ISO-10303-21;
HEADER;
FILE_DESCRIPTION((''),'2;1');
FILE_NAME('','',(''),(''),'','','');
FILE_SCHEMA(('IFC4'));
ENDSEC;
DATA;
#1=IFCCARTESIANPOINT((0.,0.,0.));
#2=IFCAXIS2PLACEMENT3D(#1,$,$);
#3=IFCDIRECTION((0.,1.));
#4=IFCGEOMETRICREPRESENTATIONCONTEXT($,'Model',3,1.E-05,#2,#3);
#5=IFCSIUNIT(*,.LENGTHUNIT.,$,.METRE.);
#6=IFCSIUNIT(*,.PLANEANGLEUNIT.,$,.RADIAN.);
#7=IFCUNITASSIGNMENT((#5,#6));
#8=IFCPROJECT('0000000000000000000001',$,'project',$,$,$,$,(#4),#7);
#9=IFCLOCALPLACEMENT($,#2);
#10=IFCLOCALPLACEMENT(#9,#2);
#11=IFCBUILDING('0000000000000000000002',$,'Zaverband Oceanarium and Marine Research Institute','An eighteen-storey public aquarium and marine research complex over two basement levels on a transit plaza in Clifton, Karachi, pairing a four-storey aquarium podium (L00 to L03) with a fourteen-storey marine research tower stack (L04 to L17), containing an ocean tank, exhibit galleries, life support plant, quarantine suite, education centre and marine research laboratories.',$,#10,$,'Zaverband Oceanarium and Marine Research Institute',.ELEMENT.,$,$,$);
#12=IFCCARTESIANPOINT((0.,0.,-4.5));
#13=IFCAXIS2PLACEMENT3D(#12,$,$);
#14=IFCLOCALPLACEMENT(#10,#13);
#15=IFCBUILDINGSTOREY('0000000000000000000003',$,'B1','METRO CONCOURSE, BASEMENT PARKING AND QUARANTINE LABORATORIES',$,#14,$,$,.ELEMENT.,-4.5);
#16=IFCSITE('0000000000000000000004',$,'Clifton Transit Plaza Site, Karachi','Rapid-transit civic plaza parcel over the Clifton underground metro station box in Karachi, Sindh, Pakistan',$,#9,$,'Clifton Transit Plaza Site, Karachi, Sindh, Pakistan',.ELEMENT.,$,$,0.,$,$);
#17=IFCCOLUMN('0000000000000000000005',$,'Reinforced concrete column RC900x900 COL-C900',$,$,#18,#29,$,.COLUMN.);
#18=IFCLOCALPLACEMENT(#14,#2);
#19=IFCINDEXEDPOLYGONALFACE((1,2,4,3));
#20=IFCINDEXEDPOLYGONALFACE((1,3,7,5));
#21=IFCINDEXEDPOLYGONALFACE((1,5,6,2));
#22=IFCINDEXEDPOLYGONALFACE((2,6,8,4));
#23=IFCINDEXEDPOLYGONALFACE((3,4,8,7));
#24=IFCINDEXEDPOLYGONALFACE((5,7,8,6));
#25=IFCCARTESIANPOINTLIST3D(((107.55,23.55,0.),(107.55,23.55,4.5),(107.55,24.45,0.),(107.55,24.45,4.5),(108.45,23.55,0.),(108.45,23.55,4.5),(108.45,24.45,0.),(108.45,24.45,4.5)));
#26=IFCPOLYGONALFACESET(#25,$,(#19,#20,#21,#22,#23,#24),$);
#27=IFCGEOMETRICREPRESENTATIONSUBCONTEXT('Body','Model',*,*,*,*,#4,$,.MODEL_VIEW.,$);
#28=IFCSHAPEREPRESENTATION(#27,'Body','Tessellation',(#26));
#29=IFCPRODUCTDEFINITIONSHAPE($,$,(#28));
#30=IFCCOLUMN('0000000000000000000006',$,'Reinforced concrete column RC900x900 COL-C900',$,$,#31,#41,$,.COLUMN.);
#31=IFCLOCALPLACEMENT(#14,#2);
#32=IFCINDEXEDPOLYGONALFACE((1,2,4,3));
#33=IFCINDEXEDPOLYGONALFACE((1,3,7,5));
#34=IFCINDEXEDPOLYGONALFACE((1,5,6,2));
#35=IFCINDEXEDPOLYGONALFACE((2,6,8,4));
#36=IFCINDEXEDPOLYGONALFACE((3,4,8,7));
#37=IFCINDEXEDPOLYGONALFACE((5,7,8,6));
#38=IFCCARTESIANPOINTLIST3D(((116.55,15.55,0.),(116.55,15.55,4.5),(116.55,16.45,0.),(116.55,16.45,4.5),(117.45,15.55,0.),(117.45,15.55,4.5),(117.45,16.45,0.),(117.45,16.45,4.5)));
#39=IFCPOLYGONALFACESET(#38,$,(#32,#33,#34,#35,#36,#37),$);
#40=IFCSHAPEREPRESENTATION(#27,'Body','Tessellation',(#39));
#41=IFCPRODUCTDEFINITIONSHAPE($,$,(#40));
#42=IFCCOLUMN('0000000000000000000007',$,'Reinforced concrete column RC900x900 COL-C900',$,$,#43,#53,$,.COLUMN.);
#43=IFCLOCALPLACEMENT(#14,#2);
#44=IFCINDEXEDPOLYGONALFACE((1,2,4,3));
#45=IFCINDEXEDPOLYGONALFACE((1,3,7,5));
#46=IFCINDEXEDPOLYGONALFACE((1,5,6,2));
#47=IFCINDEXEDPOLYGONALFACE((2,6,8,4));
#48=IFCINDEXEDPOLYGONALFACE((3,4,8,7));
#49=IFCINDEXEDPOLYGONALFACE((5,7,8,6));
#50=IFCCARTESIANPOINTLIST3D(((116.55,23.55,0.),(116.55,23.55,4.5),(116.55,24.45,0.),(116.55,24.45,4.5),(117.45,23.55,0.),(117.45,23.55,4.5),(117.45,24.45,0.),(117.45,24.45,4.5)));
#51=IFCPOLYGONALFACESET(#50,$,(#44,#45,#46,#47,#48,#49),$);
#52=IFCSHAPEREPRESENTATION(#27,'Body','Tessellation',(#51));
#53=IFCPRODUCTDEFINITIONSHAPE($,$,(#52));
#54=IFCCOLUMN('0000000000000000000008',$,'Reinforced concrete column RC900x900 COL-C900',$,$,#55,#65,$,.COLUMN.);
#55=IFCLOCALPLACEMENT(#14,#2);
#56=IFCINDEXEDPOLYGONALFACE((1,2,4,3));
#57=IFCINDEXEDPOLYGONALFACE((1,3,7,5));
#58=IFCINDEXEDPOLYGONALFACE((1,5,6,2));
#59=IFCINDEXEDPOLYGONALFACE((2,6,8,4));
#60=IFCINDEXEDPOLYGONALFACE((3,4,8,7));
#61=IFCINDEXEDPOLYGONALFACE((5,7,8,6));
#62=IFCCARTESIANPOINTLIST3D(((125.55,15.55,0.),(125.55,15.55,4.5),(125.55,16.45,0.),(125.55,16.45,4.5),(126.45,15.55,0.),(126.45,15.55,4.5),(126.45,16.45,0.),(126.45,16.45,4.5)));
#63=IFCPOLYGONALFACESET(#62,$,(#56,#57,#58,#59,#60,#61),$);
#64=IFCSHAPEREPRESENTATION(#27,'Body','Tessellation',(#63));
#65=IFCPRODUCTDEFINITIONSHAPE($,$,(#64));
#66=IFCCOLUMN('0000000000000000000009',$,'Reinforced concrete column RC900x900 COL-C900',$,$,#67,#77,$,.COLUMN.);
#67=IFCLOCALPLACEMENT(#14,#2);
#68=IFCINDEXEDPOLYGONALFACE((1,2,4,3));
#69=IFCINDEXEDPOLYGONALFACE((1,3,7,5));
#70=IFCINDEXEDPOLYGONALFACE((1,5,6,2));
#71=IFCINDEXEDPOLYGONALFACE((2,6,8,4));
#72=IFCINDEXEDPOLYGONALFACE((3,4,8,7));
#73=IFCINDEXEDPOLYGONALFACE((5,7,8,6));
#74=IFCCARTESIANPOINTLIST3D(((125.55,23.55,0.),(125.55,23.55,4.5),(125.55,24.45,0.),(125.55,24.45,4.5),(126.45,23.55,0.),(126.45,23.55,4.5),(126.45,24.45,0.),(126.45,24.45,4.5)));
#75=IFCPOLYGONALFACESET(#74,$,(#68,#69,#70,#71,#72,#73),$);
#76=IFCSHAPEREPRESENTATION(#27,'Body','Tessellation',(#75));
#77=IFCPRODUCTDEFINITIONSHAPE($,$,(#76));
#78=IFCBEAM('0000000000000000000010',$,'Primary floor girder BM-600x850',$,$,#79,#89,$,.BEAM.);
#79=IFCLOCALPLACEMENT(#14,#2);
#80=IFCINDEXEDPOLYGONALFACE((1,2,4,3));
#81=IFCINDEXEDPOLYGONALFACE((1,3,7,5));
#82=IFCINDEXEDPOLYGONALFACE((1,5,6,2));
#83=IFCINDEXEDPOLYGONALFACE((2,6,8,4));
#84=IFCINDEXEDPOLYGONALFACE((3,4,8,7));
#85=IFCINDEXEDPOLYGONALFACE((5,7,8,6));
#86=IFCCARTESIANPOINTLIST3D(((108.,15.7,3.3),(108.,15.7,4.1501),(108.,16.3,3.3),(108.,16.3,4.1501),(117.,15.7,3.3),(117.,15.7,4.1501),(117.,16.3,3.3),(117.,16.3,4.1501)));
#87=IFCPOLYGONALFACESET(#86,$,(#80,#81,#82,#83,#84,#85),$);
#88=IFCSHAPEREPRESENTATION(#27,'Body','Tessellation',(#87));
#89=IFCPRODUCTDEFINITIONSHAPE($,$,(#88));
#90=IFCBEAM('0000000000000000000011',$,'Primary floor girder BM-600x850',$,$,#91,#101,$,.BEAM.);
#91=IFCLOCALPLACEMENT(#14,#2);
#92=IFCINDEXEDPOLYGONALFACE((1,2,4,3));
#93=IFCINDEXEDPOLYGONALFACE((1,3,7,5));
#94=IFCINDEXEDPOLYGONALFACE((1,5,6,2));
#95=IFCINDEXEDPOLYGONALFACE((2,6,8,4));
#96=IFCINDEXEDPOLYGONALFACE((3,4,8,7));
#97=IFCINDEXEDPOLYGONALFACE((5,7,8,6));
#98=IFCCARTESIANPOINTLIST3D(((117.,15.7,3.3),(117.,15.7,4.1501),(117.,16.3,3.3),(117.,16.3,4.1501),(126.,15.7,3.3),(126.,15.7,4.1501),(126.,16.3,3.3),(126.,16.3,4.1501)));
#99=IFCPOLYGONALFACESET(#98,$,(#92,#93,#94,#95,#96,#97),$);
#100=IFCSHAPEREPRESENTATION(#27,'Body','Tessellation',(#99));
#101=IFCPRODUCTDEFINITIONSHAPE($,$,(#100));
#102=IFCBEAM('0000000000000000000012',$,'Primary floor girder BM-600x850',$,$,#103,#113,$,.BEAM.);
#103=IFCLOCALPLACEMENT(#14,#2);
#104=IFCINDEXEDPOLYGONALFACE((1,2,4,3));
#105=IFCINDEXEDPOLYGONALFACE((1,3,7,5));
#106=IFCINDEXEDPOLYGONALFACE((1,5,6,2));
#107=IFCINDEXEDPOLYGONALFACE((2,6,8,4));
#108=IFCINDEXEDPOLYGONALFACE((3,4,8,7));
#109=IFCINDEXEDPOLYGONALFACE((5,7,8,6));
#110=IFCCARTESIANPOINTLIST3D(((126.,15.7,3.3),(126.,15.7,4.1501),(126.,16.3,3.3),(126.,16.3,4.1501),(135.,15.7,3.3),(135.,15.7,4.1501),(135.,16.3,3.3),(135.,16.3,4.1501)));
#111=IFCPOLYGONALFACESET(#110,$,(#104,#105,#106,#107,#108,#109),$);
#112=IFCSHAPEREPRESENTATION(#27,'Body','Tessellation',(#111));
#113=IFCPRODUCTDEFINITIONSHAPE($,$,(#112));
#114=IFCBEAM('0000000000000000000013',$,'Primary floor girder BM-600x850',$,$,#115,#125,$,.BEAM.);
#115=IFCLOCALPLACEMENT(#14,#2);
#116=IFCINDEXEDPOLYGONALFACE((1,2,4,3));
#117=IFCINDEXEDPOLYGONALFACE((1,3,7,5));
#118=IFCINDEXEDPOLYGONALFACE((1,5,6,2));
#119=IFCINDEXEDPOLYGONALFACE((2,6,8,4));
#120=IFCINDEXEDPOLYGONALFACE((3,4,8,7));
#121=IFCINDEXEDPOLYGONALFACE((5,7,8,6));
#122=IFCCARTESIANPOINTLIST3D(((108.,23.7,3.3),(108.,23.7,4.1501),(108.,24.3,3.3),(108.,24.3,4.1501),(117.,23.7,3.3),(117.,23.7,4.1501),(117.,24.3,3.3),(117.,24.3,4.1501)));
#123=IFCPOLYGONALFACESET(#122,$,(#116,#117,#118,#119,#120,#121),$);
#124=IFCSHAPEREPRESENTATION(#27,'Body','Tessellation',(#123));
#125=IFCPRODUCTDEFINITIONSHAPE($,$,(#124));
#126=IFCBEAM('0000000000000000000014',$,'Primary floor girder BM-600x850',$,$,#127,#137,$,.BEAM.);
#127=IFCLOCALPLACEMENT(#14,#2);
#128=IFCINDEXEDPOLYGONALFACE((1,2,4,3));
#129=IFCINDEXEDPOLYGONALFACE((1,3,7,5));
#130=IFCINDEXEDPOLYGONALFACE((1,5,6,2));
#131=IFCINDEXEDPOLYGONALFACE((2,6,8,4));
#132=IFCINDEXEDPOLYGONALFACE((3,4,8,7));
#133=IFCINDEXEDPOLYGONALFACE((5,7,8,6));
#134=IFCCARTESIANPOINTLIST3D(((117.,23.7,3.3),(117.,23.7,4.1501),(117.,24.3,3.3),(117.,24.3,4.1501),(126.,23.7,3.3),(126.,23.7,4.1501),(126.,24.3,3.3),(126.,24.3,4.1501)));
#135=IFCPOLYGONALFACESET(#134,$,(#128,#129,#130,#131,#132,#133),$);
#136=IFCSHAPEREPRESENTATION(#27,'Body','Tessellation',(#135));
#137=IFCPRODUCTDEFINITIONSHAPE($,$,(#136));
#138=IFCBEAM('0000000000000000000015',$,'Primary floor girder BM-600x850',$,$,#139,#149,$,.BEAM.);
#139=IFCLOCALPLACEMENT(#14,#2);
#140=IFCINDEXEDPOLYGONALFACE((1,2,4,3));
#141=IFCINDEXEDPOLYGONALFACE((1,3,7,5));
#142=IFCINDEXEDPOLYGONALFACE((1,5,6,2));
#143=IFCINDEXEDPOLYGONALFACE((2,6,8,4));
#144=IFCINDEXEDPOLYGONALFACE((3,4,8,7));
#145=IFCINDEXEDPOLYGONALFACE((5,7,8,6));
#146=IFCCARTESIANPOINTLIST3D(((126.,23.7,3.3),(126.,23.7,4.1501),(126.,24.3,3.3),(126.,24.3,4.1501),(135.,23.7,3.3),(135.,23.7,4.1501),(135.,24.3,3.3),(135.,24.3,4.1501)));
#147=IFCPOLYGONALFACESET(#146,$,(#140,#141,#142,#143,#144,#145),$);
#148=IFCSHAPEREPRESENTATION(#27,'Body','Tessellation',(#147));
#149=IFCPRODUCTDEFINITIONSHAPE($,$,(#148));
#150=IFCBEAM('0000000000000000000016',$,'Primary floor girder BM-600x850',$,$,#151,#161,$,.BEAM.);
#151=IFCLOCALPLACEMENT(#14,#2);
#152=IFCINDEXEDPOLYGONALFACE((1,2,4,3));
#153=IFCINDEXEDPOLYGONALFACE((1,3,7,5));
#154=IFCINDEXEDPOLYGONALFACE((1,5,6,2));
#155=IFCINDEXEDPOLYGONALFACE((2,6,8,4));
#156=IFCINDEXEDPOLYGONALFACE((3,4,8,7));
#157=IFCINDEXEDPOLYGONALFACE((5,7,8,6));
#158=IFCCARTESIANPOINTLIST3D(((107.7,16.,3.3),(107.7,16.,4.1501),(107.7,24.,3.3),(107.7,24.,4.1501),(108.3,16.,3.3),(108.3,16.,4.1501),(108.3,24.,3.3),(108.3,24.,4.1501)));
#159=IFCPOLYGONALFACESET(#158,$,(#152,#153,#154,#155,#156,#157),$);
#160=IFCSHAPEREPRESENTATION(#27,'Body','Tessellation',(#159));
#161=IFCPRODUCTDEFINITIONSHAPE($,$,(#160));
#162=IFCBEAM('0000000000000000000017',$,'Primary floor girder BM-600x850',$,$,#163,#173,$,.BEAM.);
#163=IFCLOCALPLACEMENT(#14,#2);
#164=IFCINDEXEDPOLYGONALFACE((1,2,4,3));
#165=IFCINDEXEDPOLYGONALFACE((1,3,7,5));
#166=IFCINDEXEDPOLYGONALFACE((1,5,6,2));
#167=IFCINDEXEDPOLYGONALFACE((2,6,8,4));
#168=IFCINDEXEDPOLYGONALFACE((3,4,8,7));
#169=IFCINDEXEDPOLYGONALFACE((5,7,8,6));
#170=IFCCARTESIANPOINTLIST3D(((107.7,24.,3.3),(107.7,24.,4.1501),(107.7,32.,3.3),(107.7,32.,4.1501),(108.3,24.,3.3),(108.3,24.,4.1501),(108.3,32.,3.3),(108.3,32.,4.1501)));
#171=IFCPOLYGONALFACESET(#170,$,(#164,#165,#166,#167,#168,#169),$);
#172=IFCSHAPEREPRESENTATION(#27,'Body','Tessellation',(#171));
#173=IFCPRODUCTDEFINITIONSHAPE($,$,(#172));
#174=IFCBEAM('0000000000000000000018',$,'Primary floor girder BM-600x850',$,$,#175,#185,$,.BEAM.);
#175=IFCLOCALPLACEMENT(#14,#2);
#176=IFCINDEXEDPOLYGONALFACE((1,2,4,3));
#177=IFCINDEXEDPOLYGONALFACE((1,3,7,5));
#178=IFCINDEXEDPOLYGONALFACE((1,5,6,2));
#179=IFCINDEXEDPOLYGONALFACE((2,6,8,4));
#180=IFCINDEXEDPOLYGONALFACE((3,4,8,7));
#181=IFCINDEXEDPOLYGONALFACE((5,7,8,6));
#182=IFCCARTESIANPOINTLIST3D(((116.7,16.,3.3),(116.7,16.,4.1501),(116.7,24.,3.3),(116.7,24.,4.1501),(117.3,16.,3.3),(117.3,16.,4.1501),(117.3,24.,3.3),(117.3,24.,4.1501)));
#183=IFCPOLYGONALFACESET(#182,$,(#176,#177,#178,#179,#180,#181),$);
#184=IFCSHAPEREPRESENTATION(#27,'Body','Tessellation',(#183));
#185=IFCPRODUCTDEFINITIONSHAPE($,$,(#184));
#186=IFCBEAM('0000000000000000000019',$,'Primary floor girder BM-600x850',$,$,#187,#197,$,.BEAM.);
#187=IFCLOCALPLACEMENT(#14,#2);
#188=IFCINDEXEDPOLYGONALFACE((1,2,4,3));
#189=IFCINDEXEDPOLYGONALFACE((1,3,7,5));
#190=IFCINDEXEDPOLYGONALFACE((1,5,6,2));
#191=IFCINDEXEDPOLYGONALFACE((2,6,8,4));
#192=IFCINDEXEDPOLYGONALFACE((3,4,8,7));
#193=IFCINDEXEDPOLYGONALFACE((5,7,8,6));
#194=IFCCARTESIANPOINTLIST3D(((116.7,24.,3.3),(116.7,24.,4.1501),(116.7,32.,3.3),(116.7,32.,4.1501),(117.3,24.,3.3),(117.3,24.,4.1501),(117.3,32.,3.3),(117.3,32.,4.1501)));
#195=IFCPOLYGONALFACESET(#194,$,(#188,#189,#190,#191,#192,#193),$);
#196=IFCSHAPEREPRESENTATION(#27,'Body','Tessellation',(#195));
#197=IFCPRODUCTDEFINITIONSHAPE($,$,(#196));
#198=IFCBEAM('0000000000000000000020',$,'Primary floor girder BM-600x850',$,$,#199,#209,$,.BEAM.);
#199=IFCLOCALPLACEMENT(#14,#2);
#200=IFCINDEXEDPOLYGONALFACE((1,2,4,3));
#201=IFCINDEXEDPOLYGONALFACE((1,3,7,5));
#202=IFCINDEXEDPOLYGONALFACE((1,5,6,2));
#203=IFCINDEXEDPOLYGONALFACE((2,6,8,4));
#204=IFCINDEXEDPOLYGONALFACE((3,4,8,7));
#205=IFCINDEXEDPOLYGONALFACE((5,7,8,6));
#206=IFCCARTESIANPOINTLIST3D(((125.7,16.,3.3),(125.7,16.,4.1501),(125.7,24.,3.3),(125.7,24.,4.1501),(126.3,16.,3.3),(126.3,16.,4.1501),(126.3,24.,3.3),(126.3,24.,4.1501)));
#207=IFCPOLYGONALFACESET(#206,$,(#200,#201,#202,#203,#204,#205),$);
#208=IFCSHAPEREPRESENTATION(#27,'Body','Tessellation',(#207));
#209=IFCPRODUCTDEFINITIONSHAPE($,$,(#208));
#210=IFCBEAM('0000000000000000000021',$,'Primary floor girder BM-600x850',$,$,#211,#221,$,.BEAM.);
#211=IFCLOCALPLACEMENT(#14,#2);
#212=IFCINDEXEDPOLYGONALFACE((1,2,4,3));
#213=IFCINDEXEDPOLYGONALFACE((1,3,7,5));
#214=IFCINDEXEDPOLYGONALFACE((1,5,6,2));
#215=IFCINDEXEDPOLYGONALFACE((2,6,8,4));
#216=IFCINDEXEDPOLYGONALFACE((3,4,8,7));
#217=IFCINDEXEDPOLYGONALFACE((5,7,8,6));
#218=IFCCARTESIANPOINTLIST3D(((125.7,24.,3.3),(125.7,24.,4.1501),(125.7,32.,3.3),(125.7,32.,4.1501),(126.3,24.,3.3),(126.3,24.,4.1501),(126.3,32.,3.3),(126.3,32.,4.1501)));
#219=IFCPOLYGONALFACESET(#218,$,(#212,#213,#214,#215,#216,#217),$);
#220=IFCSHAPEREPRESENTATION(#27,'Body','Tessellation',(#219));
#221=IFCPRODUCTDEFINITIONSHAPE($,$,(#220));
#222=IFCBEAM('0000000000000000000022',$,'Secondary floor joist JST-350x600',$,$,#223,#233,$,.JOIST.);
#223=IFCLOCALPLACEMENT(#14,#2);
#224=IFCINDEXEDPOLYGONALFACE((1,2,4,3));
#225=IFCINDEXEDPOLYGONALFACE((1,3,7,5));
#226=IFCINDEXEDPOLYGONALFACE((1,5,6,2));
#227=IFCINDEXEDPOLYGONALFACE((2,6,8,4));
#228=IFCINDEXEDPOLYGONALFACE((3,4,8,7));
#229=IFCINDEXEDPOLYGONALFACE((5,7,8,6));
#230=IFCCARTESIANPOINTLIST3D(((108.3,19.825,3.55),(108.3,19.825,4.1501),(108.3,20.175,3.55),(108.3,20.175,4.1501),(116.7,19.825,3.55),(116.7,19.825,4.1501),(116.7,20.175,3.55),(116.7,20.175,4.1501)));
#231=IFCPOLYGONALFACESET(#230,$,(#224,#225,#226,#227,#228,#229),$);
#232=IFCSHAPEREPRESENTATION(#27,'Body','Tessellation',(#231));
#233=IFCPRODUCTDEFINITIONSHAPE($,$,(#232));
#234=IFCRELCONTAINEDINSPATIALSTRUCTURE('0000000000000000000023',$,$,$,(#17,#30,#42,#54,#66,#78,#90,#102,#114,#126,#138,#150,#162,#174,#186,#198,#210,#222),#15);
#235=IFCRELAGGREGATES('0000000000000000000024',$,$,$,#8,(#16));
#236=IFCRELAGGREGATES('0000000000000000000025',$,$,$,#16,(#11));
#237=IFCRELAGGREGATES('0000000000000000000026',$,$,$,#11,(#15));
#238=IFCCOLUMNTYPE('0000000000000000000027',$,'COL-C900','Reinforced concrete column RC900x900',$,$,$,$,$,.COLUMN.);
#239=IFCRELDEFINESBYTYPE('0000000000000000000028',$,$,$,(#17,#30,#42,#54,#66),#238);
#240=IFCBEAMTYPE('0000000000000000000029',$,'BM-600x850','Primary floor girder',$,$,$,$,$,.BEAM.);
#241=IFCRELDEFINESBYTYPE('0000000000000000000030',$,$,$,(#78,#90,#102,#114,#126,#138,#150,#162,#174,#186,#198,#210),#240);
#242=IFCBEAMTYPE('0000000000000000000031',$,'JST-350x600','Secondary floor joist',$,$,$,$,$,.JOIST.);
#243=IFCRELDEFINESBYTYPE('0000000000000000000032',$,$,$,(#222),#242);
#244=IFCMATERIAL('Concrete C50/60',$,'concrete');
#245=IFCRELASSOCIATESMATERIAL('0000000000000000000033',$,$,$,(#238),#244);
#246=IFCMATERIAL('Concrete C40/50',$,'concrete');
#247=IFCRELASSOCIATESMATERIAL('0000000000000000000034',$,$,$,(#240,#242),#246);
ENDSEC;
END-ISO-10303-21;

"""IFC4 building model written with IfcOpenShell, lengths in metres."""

from ifc_helpers import new_model, si_unit, direction, frame, origin, origin_2d, place, context, subcontext, project, spatial, rectangle, extrude, material, material_profile, profile_set, type_object, element, save


model = new_model("IFC4")

# Units and contexts
model_context = context("Model", 3, precision=1e-05, world=origin(), true_north=direction((0.0, 1.0)))
body_context = subcontext(model_context, "Body", "Model", "MODEL_VIEW")
ifc_project = project(units=[si_unit("LENGTHUNIT", "METRE"), si_unit("PLANEANGLEUNIT", "RADIAN")], contexts=[model_context])

# Site, building, storey
site_placement = place(None, origin())
site = spatial("IfcSite", under=ifc_project, at=site_placement, Name="Clifton Transit Plaza Site, Karachi", Description="Rapid-transit civic plaza parcel over the Clifton underground metro station box in Karachi, Sindh, Pakistan", LongName="Clifton Transit Plaza Site, Karachi, Sindh, Pakistan", CompositionType="ELEMENT", RefElevation=0.0)
building_placement = place(site_placement, origin())
building = spatial("IfcBuilding", under=site, at=building_placement, Name="Zaverband Oceanarium and Marine Research Institute", Description="An eighteen-storey public aquarium and marine research complex over two basement levels on a transit plaza in Clifton, Karachi, pairing a four-storey aquarium podium (L00 to L03) with a fourteen-storey marine research tower stack (L04 to L17), containing an ocean tank, exhibit galleries, life support plant, quarantine suite, education centre and marine research laboratories.", LongName="Zaverband Oceanarium and Marine Research Institute", CompositionType="ELEMENT")
storey_placement = place(building_placement, frame((0.0, 0.0, -4.5)))
storey = spatial("IfcBuildingStorey", under=building, at=storey_placement, Name="B1", Description="METRO CONCOURSE, BASEMENT PARKING AND QUARANTINE LABORATORIES", CompositionType="ELEMENT", Elevation=-4.5)

# Columns
ifc_material_1 = material(Name="Concrete C50/60", Category="concrete")
ifc_material_profile_1 = material_profile(ifc_material_1, rectangle(XDim=0.8999, YDim=0.8999, at=origin_2d()), Name="RC900x900")
ifc_profile_set_1 = profile_set([ifc_material_profile_1], Name="Concrete C50/60")
column_type = type_object("IfcColumnType", Name="COL-C900", Description="Reinforced concrete column RC900x900", PredefinedType="COLUMN", material=ifc_profile_set_1)
for number, where, z_axis, x_axis, name in (
    (1, (108.0, 24.0, 0.0), (0.0, 0.0, 1.0), (1.0, 0.0, 0.0), "Reinforced concrete column RC900x900 COL-C900"),
    (2, (117.0, 16.0, 0.0), (0.0, 0.0, 1.0), (1.0, 0.0, 0.0), "Reinforced concrete column RC900x900 COL-C900"),
    (3, (117.0, 24.0, 0.0), (0.0, 0.0, 1.0), (1.0, 0.0, 0.0), "Reinforced concrete column RC900x900 COL-C900"),
    (4, (126.0, 16.0, 0.0), (0.0, 0.0, 1.0), (1.0, 0.0, 0.0), "Reinforced concrete column RC900x900 COL-C900"),
    (5, (126.0, 24.0, 0.0), (0.0, 0.0, 1.0), (1.0, 0.0, 0.0), "Reinforced concrete column RC900x900 COL-C900"),
):
    element("IfcColumn", number, at=place(storey_placement, frame(where, z_axis=z_axis, x_axis=x_axis)), inside=storey, type_object=column_type, Name=name, PredefinedType="COLUMN", context=body_context, shape_type="SweptSolid", body=[
        extrude(rectangle(XDim=0.8999, YDim=0.8999, at=origin_2d()), origin(), (0.0, 0.0, 1.0), 4.5),
    ])

# Beams
ifc_material_2 = material(Name="Concrete C40/50", Category="concrete")
ifc_material_profile_2 = material_profile(ifc_material_2, rectangle(XDim=0.6001, YDim=0.8501, at=origin_2d()), Name="RC600x850")
ifc_profile_set_2 = profile_set([ifc_material_profile_2], Name="Concrete C40/50")
beam_type_1 = type_object("IfcBeamType", Name="BM-600x850", Description="Primary floor girder", PredefinedType="BEAM", material=ifc_profile_set_2)
for number, where, z_axis, x_axis, name in (
    (6, (108.0, 16.0, 3.7251), (1.0, 0.0, 0.0), (0.0, 1.0, 0.0), "Primary floor girder BM-600x850"),
    (7, (117.0, 16.0, 3.7251), (1.0, 0.0, 0.0), (0.0, 1.0, 0.0), "Primary floor girder BM-600x850"),
    (8, (126.0, 16.0, 3.7251), (1.0, 0.0, 0.0), (0.0, 1.0, 0.0), "Primary floor girder BM-600x850"),
    (9, (108.0, 24.0, 3.7251), (1.0, 0.0, 0.0), (0.0, 1.0, 0.0), "Primary floor girder BM-600x850"),
    (10, (117.0, 24.0, 3.7251), (1.0, 0.0, 0.0), (0.0, 1.0, 0.0), "Primary floor girder BM-600x850"),
    (11, (126.0, 24.0, 3.7251), (1.0, 0.0, 0.0), (0.0, 1.0, 0.0), "Primary floor girder BM-600x850"),
):
    element("IfcBeam", number, at=place(storey_placement, frame(where, z_axis=z_axis, x_axis=x_axis)), inside=storey, type_object=beam_type_1, Name=name, PredefinedType="BEAM", context=body_context, shape_type="SweptSolid", body=[
        extrude(rectangle(XDim=0.6001, YDim=0.8501, at=origin_2d()), origin(), (0.0, 0.0, 1.0), 9.0),
    ])
for number, where, z_axis, x_axis, name in (
    (12, (108.0, 16.0, 3.7251), (0.0, 1.0, 0.0), (-1.0, 0.0, 0.0), "Primary floor girder BM-600x850"),
    (13, (108.0, 24.0, 3.7251), (0.0, 1.0, 0.0), (-1.0, 0.0, 0.0), "Primary floor girder BM-600x850"),
    (14, (117.0, 16.0, 3.7251), (0.0, 1.0, 0.0), (-1.0, 0.0, 0.0), "Primary floor girder BM-600x850"),
    (15, (117.0, 24.0, 3.7251), (0.0, 1.0, 0.0), (-1.0, 0.0, 0.0), "Primary floor girder BM-600x850"),
    (16, (126.0, 16.0, 3.7251), (0.0, 1.0, 0.0), (-1.0, 0.0, 0.0), "Primary floor girder BM-600x850"),
    (17, (126.0, 24.0, 3.7251), (0.0, 1.0, 0.0), (-1.0, 0.0, 0.0), "Primary floor girder BM-600x850"),
):
    element("IfcBeam", number, at=place(storey_placement, frame(where, z_axis=z_axis, x_axis=x_axis)), inside=storey, type_object=beam_type_1, Name=name, PredefinedType="BEAM", context=body_context, shape_type="SweptSolid", body=[
        extrude(rectangle(XDim=0.6001, YDim=0.8501, at=origin_2d()), origin(), (0.0, 0.0, 1.0), 8.0),
    ])
ifc_material_profile_3 = material_profile(ifc_material_2, rectangle(XDim=0.3501, YDim=0.6001, at=origin_2d()), Name="RC350x600")
ifc_profile_set_3 = profile_set([ifc_material_profile_3], Name="Concrete C40/50")
beam_type_2 = type_object("IfcBeamType", Name="JST-350x600", Description="Secondary floor joist", PredefinedType="JOIST", material=ifc_profile_set_3)
for number, where, z_axis, x_axis, name in (
    (18, (108.3, 20.0, 3.8501), (1.0, 0.0, 0.0), (0.0, 1.0, 0.0), "Secondary floor joist JST-350x600"),
):
    element("IfcBeam", number, at=place(storey_placement, frame(where, z_axis=z_axis, x_axis=x_axis)), inside=storey, type_object=beam_type_2, Name=name, PredefinedType="JOIST", context=body_context, shape_type="SweptSolid", body=[
        extrude(rectangle(XDim=0.3501, YDim=0.6001, at=origin_2d()), origin(), (0.0, 0.0, 1.0), 8.3999),
    ])

save(model, "model.ifc")
